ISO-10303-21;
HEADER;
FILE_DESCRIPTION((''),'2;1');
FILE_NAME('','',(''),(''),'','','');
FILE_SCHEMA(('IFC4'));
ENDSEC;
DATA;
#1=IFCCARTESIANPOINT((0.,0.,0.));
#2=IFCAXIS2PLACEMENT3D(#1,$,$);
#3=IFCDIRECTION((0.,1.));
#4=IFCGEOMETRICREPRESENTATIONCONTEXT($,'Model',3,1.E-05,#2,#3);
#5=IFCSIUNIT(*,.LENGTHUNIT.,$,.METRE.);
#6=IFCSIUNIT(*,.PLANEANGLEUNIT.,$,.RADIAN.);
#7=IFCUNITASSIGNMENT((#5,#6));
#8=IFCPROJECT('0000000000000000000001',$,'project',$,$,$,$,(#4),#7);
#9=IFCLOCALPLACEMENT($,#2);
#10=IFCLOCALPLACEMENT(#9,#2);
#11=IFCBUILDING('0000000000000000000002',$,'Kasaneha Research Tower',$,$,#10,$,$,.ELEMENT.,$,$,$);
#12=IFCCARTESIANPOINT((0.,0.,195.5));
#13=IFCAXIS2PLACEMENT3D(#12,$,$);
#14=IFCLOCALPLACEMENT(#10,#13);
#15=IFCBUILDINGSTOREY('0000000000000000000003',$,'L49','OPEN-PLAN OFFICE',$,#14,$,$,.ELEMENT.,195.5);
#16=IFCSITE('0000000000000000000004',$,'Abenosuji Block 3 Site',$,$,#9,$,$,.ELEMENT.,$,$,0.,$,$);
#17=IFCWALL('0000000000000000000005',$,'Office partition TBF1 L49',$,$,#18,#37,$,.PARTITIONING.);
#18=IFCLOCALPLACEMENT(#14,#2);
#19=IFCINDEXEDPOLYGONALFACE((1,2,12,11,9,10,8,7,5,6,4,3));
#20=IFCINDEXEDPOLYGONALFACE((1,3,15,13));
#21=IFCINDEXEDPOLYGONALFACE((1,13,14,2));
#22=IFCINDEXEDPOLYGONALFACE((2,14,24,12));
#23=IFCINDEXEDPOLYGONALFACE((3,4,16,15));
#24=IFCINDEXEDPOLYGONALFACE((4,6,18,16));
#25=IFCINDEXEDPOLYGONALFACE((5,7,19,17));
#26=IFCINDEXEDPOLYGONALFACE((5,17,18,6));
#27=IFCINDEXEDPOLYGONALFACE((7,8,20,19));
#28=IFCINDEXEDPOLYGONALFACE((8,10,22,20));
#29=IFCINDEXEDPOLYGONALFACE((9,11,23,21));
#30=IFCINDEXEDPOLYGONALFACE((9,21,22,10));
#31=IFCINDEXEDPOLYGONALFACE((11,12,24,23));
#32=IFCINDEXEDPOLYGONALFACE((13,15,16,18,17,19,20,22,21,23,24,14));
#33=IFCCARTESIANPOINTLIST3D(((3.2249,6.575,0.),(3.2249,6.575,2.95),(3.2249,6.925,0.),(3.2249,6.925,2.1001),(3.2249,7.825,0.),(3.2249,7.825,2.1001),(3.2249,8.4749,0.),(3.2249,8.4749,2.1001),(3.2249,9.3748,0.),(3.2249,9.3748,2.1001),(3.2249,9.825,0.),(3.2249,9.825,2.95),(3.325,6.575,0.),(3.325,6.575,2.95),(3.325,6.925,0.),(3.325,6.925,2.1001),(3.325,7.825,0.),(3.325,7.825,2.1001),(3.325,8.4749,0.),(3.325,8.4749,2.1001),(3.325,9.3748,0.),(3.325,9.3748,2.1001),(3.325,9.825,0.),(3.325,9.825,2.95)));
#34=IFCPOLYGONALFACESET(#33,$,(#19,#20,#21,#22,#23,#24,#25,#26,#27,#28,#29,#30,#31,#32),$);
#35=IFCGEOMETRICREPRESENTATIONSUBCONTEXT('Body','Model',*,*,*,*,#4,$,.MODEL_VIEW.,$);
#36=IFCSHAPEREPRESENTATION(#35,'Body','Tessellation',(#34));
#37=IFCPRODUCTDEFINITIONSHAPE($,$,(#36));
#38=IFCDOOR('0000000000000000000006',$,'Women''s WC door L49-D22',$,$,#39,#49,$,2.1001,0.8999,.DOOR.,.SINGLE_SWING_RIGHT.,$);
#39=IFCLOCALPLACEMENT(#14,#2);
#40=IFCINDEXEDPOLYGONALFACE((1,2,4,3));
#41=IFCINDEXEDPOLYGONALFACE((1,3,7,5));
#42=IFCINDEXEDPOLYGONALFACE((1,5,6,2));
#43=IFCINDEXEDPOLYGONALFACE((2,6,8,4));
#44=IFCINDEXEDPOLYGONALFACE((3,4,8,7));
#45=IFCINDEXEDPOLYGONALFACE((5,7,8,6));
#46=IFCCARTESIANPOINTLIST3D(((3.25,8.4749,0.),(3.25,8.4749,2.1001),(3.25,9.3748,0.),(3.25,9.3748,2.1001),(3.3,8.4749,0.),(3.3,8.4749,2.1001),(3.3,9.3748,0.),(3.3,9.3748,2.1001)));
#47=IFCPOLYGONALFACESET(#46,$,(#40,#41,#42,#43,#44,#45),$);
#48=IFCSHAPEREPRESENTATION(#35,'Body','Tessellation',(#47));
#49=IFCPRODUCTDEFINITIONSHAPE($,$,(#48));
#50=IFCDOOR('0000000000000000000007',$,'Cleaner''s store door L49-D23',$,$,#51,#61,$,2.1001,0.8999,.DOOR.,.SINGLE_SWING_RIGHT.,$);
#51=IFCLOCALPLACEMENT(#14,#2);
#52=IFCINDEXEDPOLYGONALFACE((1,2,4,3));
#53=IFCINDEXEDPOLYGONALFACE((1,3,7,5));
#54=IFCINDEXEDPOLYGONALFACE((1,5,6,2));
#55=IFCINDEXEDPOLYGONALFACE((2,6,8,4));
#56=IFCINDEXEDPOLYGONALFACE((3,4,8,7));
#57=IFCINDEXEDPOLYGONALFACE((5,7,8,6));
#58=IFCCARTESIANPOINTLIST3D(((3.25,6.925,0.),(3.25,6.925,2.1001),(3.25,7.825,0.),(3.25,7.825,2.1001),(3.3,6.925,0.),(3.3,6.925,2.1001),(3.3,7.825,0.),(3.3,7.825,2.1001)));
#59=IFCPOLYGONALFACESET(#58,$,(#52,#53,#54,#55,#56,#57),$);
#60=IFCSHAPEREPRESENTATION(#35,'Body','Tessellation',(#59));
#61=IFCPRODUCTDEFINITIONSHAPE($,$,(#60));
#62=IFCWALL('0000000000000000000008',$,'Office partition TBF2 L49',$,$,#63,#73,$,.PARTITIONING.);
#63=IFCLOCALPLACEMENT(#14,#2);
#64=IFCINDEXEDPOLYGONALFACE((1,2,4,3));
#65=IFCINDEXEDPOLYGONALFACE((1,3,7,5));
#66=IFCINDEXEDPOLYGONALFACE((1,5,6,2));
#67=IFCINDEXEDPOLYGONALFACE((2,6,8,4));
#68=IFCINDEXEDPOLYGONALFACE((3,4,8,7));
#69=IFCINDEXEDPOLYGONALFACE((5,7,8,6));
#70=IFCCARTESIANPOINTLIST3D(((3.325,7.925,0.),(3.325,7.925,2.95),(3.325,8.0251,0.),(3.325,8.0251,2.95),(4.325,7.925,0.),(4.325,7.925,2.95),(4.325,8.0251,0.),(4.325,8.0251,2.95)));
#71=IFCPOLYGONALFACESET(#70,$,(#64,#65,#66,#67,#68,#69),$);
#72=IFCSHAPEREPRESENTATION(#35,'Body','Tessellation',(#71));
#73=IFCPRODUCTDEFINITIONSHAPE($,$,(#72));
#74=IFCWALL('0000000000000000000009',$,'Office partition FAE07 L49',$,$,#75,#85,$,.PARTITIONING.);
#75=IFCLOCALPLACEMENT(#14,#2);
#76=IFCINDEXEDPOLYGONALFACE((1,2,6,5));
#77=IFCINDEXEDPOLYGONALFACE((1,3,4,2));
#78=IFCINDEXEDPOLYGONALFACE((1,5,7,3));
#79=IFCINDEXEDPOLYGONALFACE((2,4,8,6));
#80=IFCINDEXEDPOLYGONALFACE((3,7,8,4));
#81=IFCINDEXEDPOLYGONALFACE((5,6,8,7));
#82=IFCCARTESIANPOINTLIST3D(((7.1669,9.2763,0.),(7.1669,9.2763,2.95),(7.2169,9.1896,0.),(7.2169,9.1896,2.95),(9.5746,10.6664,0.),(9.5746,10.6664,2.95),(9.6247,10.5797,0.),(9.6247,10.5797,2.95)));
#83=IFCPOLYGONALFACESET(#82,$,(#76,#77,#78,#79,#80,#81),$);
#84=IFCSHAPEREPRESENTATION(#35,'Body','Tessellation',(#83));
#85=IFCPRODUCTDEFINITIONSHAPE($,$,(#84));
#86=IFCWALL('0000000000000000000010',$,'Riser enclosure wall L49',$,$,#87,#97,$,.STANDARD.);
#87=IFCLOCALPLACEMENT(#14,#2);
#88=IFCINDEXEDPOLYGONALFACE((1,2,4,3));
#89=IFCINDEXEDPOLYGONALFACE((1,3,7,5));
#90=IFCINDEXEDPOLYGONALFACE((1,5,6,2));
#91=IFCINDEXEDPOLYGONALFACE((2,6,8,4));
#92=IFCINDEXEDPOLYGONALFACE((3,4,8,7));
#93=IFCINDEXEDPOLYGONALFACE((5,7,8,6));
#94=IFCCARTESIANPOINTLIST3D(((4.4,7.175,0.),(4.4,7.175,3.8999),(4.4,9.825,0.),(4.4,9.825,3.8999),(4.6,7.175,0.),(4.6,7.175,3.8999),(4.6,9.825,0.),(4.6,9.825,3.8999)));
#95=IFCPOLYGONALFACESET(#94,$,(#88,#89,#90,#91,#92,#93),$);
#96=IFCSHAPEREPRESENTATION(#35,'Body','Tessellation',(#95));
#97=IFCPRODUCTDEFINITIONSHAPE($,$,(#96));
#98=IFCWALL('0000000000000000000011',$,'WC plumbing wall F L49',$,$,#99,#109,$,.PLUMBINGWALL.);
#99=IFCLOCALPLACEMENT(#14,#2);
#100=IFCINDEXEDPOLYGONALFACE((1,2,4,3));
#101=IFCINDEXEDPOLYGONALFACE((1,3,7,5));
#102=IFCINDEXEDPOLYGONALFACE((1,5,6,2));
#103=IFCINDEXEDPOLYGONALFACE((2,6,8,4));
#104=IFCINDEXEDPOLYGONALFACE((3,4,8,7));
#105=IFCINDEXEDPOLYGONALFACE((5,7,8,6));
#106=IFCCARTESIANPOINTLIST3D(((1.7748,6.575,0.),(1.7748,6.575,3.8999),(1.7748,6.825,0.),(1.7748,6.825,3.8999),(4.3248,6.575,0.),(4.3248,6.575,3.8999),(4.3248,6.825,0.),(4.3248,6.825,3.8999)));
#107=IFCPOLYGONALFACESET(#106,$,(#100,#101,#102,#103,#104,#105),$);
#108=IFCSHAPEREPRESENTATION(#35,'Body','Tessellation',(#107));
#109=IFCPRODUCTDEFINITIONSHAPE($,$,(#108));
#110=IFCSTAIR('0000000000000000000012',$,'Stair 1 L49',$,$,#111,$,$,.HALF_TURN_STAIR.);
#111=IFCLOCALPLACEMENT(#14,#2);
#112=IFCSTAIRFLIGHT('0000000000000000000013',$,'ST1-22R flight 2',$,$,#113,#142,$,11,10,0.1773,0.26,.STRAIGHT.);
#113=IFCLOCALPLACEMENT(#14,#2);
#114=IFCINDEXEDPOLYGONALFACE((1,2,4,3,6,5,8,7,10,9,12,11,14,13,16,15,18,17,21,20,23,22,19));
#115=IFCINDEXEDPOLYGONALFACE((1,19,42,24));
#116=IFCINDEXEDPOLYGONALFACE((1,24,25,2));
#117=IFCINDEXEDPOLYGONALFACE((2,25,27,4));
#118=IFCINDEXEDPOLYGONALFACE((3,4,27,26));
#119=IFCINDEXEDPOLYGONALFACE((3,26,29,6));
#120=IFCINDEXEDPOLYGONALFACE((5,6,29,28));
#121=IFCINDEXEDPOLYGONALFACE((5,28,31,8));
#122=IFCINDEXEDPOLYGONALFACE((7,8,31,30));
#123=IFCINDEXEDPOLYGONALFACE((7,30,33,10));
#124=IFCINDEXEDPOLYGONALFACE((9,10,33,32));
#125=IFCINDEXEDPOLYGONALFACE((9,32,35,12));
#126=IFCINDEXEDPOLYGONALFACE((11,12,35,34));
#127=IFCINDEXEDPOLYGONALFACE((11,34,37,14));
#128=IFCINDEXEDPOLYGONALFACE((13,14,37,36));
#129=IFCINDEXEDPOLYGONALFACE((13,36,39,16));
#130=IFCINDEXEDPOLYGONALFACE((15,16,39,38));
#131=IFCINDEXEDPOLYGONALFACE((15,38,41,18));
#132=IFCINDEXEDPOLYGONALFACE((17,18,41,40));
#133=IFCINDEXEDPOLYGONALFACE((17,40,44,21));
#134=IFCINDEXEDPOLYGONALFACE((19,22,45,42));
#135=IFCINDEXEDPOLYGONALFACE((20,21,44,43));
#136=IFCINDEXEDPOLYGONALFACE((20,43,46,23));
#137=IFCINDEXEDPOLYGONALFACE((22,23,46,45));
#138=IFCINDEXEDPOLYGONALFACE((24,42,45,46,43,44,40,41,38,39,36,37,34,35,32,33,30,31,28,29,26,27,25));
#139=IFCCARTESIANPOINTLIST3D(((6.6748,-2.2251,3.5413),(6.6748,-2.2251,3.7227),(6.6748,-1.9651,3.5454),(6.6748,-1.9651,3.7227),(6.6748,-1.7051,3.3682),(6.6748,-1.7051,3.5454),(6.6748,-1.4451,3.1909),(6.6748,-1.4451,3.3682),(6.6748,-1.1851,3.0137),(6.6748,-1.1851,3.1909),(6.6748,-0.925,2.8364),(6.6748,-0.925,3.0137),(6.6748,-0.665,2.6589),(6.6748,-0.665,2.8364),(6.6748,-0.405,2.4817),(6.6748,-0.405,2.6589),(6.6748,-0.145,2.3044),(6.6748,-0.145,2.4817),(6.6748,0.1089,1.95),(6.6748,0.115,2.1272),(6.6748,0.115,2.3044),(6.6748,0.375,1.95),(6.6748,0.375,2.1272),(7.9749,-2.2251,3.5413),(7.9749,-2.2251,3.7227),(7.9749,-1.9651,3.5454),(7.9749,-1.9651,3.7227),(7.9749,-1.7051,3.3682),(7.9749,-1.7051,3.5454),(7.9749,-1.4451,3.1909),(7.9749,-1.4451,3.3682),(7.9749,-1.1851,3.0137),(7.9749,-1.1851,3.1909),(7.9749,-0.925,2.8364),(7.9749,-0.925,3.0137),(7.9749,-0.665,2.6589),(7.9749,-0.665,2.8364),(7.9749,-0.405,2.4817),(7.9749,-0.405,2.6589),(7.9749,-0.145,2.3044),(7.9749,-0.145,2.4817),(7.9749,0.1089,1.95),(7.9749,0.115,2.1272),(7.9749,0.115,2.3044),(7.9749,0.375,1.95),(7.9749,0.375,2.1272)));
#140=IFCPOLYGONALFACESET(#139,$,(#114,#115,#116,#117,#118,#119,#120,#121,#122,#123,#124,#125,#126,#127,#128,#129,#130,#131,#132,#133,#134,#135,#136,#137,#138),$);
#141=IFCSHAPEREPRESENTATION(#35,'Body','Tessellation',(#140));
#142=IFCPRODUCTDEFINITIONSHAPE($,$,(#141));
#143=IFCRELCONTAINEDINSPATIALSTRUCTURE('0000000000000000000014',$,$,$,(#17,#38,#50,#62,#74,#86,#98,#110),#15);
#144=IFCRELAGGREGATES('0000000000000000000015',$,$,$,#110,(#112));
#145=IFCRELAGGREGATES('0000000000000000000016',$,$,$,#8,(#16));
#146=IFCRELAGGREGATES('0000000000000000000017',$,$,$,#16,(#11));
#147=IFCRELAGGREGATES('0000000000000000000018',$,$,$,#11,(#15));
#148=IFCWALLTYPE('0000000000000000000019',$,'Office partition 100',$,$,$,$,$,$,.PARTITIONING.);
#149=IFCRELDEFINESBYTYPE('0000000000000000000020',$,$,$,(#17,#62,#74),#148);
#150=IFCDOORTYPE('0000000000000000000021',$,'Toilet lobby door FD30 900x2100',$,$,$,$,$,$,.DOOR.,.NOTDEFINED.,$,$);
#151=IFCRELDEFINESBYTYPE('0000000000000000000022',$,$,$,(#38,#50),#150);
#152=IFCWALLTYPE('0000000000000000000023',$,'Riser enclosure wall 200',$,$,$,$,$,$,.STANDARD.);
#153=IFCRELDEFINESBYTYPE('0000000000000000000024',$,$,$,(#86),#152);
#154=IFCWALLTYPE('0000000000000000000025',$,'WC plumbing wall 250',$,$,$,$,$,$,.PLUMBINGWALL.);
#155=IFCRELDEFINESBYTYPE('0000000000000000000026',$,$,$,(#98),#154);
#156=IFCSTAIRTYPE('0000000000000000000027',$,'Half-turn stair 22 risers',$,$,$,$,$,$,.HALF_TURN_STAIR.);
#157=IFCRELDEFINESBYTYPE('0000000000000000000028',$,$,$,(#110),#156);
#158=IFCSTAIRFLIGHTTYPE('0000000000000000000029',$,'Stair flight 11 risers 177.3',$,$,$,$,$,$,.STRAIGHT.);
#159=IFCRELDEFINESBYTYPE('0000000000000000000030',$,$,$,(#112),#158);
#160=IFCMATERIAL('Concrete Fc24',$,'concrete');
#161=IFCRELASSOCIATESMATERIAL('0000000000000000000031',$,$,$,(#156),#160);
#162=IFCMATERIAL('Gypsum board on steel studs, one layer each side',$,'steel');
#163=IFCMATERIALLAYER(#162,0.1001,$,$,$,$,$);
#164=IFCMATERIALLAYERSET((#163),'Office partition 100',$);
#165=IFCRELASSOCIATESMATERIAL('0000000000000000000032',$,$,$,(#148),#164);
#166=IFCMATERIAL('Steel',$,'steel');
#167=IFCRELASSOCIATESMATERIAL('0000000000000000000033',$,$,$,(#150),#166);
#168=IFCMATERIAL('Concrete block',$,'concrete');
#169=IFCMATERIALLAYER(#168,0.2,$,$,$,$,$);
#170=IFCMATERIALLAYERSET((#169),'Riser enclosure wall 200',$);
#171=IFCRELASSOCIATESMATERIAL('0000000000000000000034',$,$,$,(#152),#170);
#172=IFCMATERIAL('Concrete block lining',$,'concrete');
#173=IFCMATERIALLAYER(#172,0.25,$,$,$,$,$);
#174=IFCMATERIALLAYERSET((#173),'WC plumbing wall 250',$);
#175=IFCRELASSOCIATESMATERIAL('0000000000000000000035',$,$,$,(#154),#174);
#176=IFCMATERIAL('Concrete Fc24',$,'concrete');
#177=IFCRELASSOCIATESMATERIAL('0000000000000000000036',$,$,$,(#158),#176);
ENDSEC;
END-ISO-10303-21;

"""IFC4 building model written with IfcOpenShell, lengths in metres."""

from ifc_helpers import new_model, si_unit, direction, frame, frame_2d, origin, place, context, subcontext, project, spatial, polyline, rectangle, outline, extrude, material, layer, layer_set, type_object, element, fill, aggregate, save


model = new_model("IFC4")

# Units and contexts
model_context = context("Model", 3, precision=1e-05, world=origin(), true_north=direction((0.0, 1.0)))
body_context = subcontext(model_context, "Body", "Model", "MODEL_VIEW")
ifc_project = project(units=[si_unit("LENGTHUNIT", "METRE"), si_unit("PLANEANGLEUNIT", "RADIAN")], contexts=[model_context])

# Site, building, storey
site_placement = place(None, origin())
site = spatial("IfcSite", under=ifc_project, at=site_placement, Name="Abenosuji Block 3 Site", CompositionType="ELEMENT", RefElevation=0.0)
building_placement = place(site_placement, origin())
building = spatial("IfcBuilding", under=site, at=building_placement, Name="Kasaneha Research Tower", CompositionType="ELEMENT")
storey_placement = place(building_placement, frame((0.0, 0.0, 195.5)))
storey = spatial("IfcBuildingStorey", under=building, at=storey_placement, Name="L49", Description="OPEN-PLAN OFFICE", CompositionType="ELEMENT", Elevation=195.5)

# Shared definitions
ifc_material_1 = material(Name="Concrete Fc24", Category="concrete")
stair_type = type_object("IfcStairType", Name="Half-turn stair 22 risers", PredefinedType="HALF_TURN_STAIR", material=ifc_material_1)

# Wall, openings, doors
ifc_material_2 = material(Name="Gypsum board on steel studs, one layer each side", Category="steel")
ifc_layer_1 = layer(ifc_material_2, 0.1001)
ifc_layer_set_1 = layer_set([ifc_layer_1], Name="Office partition 100")
wall_type_1 = type_object("IfcWallType", Name="Office partition 100", PredefinedType="PARTITIONING", material=ifc_layer_set_1)
wall_1_placement = place(storey_placement, frame((3.2749, 6.575, 0.0), z_axis=(0.0, 0.0, 1.0), x_axis=(0.0, 1.0, 0.0)))
wall_1 = element("IfcWall", 1, at=wall_1_placement, inside=storey, type_object=wall_type_1, Name="Office partition TBF1 L49", PredefinedType="PARTITIONING", context=body_context, shape_type="SweptSolid", body=[
    extrude(rectangle(XDim=3.25, YDim=0.1001, at=frame_2d((1.625, 0.0))), origin(), (0.0, 0.0, 1.0), 2.95),
])
opening_1_placement = place(wall_1_placement, frame((1.8999, 0.0, 0.0)))
opening_1 = element("IfcOpeningElement", 2, at=opening_1_placement, cuts=wall_1, PredefinedType="OPENING", context=body_context, shape_type="SweptSolid", body=[
    extrude(rectangle(XDim=0.8999, YDim=2.1001, at=frame_2d((0.45, 1.05))), frame((0.0, 0.0601, 0.0), z_axis=(0.0, -1.0, 0.0), x_axis=(1.0, 0.0, 0.0)), (0.0, 0.0, 1.0), 0.1201),
])
opening_2_placement = place(wall_1_placement, frame((0.3501, 0.0, 0.0)))
opening_2 = element("IfcOpeningElement", 3, at=opening_2_placement, cuts=wall_1, PredefinedType="OPENING", context=body_context, shape_type="SweptSolid", body=[
    extrude(rectangle(XDim=0.8999, YDim=2.1001, at=frame_2d((0.45, 1.05))), frame((0.0, 0.0601, 0.0), z_axis=(0.0, -1.0, 0.0), x_axis=(1.0, 0.0, 0.0)), (0.0, 0.0, 1.0), 0.1201),
])
ifc_material_3 = material(Name="Steel", Category="steel")
door_type_1 = type_object("IfcDoorType", Name="Toilet lobby door FD30 900x2100", OperationType="NOTDEFINED", PredefinedType="DOOR", material=ifc_material_3)
door_1_placement = place(opening_1_placement, origin())
door_1 = element("IfcDoor", 4, at=door_1_placement, inside=storey, type_object=door_type_1, Name="Women's WC door L49-D22", OperationType="SINGLE_SWING_RIGHT", OverallHeight=2.1001, OverallWidth=0.8999, PredefinedType="DOOR", context=body_context, shape_type="SweptSolid", body=[
    extrude(rectangle(XDim=0.8999, YDim=2.1001, at=frame_2d((0.45, 1.05))), frame((0.0, 0.0249, 0.0), z_axis=(0.0, -1.0, 0.0), x_axis=(1.0, 0.0, 0.0)), (0.0, 0.0, 1.0), 0.05),
])
fill(opening_1, door_1)
door_2_placement = place(opening_2_placement, origin())
door_2 = element("IfcDoor", 5, at=door_2_placement, inside=storey, type_object=door_type_1, Name="Cleaner's store door L49-D23", OperationType="SINGLE_SWING_RIGHT", OverallHeight=2.1001, OverallWidth=0.8999, PredefinedType="DOOR", context=body_context, shape_type="SweptSolid", body=[
    extrude(rectangle(XDim=0.8999, YDim=2.1001, at=frame_2d((0.45, 1.05))), frame((0.0, 0.0249, 0.0), z_axis=(0.0, -1.0, 0.0), x_axis=(1.0, 0.0, 0.0)), (0.0, 0.0, 1.0), 0.05),
])
fill(opening_2, door_2)

# Walls
wall_2_placement = place(storey_placement, frame((3.325, 7.9751, 0.0), z_axis=(0.0, 0.0, 1.0), x_axis=(1.0, 0.0, 0.0)))
element("IfcWall", 6, at=wall_2_placement, inside=storey, type_object=wall_type_1, Name="Office partition TBF2 L49", PredefinedType="PARTITIONING", context=body_context, shape_type="SweptSolid", body=[
    extrude(rectangle(XDim=1.0, YDim=0.1001, at=frame_2d((0.5, 0.0))), origin(), (0.0, 0.0, 1.0), 2.95),
])
wall_3_placement = place(storey_placement, frame((7.1919, 9.2329, 0.0), z_axis=(0.0, 0.0, 1.0), x_axis=(0.866019, 0.500011, 0.0)))
element("IfcWall", 7, at=wall_3_placement, inside=storey, type_object=wall_type_1, Name="Office partition FAE07 L49", PredefinedType="PARTITIONING", context=body_context, shape_type="SweptSolid", body=[
    extrude(rectangle(XDim=2.7803, YDim=0.1001, at=frame_2d((1.3901, 0.0))), origin(), (0.0, 0.0, 1.0), 2.95),
])
ifc_material_4 = material(Name="Concrete block", Category="concrete")
ifc_layer_2 = layer(ifc_material_4, 0.2)
ifc_layer_set_2 = layer_set([ifc_layer_2], Name="Riser enclosure wall 200")
wall_type_2 = type_object("IfcWallType", Name="Riser enclosure wall 200", PredefinedType="STANDARD", material=ifc_layer_set_2)
wall_4_placement = place(storey_placement, frame((4.5, 7.175, 0.0), z_axis=(0.0, 0.0, 1.0), x_axis=(0.0, 1.0, 0.0)))
element("IfcWall", 8, at=wall_4_placement, inside=storey, type_object=wall_type_2, Name="Riser enclosure wall L49", PredefinedType="STANDARD", context=body_context, shape_type="SweptSolid", body=[
    extrude(rectangle(XDim=2.6499, YDim=0.2, at=frame_2d((1.325, 0.0))), origin(), (0.0, 0.0, 1.0), 3.8999),
])
ifc_material_5 = material(Name="Concrete block lining", Category="concrete")
ifc_layer_3 = layer(ifc_material_5, 0.25)
ifc_layer_set_3 = layer_set([ifc_layer_3], Name="WC plumbing wall 250")
wall_type_3 = type_object("IfcWallType", Name="WC plumbing wall 250", PredefinedType="PLUMBINGWALL", material=ifc_layer_set_3)
wall_5_placement = place(storey_placement, frame((1.7749, 6.7, 0.0), z_axis=(0.0, 0.0, 1.0), x_axis=(1.0, 0.0, 0.0)))
element("IfcWall", 9, at=wall_5_placement, inside=storey, type_object=wall_type_3, Name="WC plumbing wall F L49", PredefinedType="PLUMBINGWALL", context=body_context, shape_type="SweptSolid", body=[
    extrude(rectangle(XDim=2.55, YDim=0.25, at=frame_2d((1.2749, 0.0))), origin(), (0.0, 0.0, 1.0), 3.8999),
])

# Stair, stair flight
stair_1_placement = place(storey_placement, origin())
stair_1 = element("IfcStair", 10, at=stair_1_placement, inside=storey, type_object=stair_type, Name="Stair 1 L49", PredefinedType="HALF_TURN_STAIR")
ifc_material_6 = material(Name="Concrete Fc24", Category="concrete")
stair_flight_type = type_object("IfcStairFlightType", Name="Stair flight 11 risers 177.3", PredefinedType="STRAIGHT", material=ifc_material_6)
stair_flight_placement = place(storey_placement, frame((7.325, 0.375, 1.95), z_axis=(0.0, 0.0, 1.0), x_axis=(0.0, -1.0, 0.0)))
stair_flight = element("IfcStairFlight", 11, at=stair_flight_placement, type_object=stair_flight_type, Name="ST1-22R flight 2", NumberOfRisers=11, NumberOfTreads=10, PredefinedType="STRAIGHT", RiserHeight=0.1773, TreadLength=0.26, context=body_context, shape_type="SweptSolid", body=[
    extrude(outline(polyline([(0.0, 0.0), (0.0, 0.1772), (0.26, 0.1772), (0.26, 0.3545), (0.52, 0.3545), (0.52, 0.5317), (0.78, 0.5317), (0.78, 0.709), (1.04, 0.709), (1.04, 0.8865), (1.3, 0.8865), (1.3, 1.0637), (1.5601, 1.0637), (1.5601, 1.241), (1.8201, 1.241), (1.8201, 1.4182), (2.0801, 1.4182), (2.0801, 1.5955), (2.3401, 1.5955), (2.3401, 1.7727), (2.6001, 1.7727), (2.6001, 1.95), (2.6001, 1.5913), (0.2661, 0.0), (0.0, 0.0)])), frame((0.0, 0.6499, 0.0), z_axis=(0.0, -1.0, 0.0), x_axis=(1.0, 0.0, 0.0)), (0.0, 0.0, 1.0), 1.3),
])
aggregate(stair_1, [stair_flight])

save(model, "model.ifc")
